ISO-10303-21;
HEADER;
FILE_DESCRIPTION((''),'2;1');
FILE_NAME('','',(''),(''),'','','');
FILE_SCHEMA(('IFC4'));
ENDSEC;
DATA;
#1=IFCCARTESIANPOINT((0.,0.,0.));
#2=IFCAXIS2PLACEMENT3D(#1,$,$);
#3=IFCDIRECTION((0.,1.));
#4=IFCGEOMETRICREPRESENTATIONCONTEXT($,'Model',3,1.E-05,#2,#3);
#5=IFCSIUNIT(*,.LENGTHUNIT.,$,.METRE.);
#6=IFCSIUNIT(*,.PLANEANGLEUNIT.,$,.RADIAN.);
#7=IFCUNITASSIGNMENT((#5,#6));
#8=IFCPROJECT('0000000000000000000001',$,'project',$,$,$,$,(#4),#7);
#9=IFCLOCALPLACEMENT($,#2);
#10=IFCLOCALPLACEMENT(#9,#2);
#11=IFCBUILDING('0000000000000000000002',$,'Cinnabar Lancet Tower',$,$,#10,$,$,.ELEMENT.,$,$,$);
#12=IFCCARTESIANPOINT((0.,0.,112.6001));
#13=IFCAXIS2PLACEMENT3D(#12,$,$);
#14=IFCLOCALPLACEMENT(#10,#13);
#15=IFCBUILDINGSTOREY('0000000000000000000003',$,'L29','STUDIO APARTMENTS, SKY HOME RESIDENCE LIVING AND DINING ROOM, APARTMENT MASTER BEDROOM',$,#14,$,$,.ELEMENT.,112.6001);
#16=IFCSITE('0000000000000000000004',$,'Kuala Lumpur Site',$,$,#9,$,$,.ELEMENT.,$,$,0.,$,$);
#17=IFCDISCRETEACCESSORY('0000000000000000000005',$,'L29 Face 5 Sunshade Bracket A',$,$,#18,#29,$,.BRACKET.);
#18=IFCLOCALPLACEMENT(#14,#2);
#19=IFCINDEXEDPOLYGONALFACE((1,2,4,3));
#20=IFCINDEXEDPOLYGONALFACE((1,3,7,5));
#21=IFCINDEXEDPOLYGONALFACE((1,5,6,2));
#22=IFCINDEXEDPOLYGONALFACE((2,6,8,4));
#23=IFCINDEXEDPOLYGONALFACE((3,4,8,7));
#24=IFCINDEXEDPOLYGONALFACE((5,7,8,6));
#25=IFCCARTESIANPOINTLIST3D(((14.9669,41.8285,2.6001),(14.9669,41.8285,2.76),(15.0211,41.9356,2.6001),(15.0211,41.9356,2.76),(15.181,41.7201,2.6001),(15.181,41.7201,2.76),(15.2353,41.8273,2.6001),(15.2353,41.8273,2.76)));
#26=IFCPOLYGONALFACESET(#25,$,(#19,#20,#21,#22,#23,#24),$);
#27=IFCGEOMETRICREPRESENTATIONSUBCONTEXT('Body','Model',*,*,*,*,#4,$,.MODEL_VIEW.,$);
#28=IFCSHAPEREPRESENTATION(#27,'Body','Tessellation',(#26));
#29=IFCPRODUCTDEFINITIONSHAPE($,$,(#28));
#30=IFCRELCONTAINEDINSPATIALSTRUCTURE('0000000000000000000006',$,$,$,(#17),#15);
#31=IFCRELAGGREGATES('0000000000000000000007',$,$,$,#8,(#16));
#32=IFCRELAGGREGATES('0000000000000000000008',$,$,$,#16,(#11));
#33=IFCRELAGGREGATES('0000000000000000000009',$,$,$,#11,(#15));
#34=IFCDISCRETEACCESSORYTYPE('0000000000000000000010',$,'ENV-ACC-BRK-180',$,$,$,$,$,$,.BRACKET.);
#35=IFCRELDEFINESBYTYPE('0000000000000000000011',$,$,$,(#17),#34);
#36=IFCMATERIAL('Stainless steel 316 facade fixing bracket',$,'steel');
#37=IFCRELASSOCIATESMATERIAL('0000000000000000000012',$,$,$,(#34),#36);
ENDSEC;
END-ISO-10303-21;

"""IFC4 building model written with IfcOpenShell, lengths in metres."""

from ifc_helpers import new_model, si_unit, direction, frame, origin, origin_2d, place, context, subcontext, project, spatial, rectangle, extrude, material, type_object, element, save


model = new_model("IFC4")

# Units and contexts
model_context = context("Model", 3, precision=1e-05, world=origin(), true_north=direction((0.0, 1.0)))
body_context = subcontext(model_context, "Body", "Model", "MODEL_VIEW")
ifc_project = project(units=[si_unit("LENGTHUNIT", "METRE"), si_unit("PLANEANGLEUNIT", "RADIAN")], contexts=[model_context])

# Site, building, storey
site_placement = place(None, origin())
site = spatial("IfcSite", under=ifc_project, at=site_placement, Name="Kuala Lumpur Site", CompositionType="ELEMENT", RefElevation=0.0)
building_placement = place(site_placement, origin())
building = spatial("IfcBuilding", under=site, at=building_placement, Name="Cinnabar Lancet Tower", CompositionType="ELEMENT")
storey_placement = place(building_placement, frame((0.0, 0.0, 112.6001)))
storey = spatial("IfcBuildingStorey", under=building, at=storey_placement, Name="L29", Description="STUDIO APARTMENTS, SKY HOME RESIDENCE LIVING AND DINING ROOM, APARTMENT MASTER BEDROOM", CompositionType="ELEMENT", Elevation=112.6001)

# Discrete accessory
ifc_material_1 = material(Name="Stainless steel 316 facade fixing bracket", Category="steel")
discrete_accessory_type = type_object("IfcDiscreteAccessoryType", Name="ENV-ACC-BRK-180", PredefinedType="BRACKET", material=ifc_material_1)
discrete_accessory_placement = place(storey_placement, frame((15.1011, 41.8279, 2.6001), z_axis=(0.0, 0.0, 1.0), x_axis=(-0.451454, -0.892294, 0.0)))
element("IfcDiscreteAccessory", 1, at=discrete_accessory_placement, inside=storey, type_object=discrete_accessory_type, Name="L29 Face 5 Sunshade Bracket A", PredefinedType="BRACKET", context=body_context, shape_type="SweptSolid", body=[
    extrude(rectangle(XDim=0.1201, YDim=0.24, at=origin_2d()), origin(), (0.0, 0.0, 1.0), 0.1599),
])

save(model, "model.ifc")
